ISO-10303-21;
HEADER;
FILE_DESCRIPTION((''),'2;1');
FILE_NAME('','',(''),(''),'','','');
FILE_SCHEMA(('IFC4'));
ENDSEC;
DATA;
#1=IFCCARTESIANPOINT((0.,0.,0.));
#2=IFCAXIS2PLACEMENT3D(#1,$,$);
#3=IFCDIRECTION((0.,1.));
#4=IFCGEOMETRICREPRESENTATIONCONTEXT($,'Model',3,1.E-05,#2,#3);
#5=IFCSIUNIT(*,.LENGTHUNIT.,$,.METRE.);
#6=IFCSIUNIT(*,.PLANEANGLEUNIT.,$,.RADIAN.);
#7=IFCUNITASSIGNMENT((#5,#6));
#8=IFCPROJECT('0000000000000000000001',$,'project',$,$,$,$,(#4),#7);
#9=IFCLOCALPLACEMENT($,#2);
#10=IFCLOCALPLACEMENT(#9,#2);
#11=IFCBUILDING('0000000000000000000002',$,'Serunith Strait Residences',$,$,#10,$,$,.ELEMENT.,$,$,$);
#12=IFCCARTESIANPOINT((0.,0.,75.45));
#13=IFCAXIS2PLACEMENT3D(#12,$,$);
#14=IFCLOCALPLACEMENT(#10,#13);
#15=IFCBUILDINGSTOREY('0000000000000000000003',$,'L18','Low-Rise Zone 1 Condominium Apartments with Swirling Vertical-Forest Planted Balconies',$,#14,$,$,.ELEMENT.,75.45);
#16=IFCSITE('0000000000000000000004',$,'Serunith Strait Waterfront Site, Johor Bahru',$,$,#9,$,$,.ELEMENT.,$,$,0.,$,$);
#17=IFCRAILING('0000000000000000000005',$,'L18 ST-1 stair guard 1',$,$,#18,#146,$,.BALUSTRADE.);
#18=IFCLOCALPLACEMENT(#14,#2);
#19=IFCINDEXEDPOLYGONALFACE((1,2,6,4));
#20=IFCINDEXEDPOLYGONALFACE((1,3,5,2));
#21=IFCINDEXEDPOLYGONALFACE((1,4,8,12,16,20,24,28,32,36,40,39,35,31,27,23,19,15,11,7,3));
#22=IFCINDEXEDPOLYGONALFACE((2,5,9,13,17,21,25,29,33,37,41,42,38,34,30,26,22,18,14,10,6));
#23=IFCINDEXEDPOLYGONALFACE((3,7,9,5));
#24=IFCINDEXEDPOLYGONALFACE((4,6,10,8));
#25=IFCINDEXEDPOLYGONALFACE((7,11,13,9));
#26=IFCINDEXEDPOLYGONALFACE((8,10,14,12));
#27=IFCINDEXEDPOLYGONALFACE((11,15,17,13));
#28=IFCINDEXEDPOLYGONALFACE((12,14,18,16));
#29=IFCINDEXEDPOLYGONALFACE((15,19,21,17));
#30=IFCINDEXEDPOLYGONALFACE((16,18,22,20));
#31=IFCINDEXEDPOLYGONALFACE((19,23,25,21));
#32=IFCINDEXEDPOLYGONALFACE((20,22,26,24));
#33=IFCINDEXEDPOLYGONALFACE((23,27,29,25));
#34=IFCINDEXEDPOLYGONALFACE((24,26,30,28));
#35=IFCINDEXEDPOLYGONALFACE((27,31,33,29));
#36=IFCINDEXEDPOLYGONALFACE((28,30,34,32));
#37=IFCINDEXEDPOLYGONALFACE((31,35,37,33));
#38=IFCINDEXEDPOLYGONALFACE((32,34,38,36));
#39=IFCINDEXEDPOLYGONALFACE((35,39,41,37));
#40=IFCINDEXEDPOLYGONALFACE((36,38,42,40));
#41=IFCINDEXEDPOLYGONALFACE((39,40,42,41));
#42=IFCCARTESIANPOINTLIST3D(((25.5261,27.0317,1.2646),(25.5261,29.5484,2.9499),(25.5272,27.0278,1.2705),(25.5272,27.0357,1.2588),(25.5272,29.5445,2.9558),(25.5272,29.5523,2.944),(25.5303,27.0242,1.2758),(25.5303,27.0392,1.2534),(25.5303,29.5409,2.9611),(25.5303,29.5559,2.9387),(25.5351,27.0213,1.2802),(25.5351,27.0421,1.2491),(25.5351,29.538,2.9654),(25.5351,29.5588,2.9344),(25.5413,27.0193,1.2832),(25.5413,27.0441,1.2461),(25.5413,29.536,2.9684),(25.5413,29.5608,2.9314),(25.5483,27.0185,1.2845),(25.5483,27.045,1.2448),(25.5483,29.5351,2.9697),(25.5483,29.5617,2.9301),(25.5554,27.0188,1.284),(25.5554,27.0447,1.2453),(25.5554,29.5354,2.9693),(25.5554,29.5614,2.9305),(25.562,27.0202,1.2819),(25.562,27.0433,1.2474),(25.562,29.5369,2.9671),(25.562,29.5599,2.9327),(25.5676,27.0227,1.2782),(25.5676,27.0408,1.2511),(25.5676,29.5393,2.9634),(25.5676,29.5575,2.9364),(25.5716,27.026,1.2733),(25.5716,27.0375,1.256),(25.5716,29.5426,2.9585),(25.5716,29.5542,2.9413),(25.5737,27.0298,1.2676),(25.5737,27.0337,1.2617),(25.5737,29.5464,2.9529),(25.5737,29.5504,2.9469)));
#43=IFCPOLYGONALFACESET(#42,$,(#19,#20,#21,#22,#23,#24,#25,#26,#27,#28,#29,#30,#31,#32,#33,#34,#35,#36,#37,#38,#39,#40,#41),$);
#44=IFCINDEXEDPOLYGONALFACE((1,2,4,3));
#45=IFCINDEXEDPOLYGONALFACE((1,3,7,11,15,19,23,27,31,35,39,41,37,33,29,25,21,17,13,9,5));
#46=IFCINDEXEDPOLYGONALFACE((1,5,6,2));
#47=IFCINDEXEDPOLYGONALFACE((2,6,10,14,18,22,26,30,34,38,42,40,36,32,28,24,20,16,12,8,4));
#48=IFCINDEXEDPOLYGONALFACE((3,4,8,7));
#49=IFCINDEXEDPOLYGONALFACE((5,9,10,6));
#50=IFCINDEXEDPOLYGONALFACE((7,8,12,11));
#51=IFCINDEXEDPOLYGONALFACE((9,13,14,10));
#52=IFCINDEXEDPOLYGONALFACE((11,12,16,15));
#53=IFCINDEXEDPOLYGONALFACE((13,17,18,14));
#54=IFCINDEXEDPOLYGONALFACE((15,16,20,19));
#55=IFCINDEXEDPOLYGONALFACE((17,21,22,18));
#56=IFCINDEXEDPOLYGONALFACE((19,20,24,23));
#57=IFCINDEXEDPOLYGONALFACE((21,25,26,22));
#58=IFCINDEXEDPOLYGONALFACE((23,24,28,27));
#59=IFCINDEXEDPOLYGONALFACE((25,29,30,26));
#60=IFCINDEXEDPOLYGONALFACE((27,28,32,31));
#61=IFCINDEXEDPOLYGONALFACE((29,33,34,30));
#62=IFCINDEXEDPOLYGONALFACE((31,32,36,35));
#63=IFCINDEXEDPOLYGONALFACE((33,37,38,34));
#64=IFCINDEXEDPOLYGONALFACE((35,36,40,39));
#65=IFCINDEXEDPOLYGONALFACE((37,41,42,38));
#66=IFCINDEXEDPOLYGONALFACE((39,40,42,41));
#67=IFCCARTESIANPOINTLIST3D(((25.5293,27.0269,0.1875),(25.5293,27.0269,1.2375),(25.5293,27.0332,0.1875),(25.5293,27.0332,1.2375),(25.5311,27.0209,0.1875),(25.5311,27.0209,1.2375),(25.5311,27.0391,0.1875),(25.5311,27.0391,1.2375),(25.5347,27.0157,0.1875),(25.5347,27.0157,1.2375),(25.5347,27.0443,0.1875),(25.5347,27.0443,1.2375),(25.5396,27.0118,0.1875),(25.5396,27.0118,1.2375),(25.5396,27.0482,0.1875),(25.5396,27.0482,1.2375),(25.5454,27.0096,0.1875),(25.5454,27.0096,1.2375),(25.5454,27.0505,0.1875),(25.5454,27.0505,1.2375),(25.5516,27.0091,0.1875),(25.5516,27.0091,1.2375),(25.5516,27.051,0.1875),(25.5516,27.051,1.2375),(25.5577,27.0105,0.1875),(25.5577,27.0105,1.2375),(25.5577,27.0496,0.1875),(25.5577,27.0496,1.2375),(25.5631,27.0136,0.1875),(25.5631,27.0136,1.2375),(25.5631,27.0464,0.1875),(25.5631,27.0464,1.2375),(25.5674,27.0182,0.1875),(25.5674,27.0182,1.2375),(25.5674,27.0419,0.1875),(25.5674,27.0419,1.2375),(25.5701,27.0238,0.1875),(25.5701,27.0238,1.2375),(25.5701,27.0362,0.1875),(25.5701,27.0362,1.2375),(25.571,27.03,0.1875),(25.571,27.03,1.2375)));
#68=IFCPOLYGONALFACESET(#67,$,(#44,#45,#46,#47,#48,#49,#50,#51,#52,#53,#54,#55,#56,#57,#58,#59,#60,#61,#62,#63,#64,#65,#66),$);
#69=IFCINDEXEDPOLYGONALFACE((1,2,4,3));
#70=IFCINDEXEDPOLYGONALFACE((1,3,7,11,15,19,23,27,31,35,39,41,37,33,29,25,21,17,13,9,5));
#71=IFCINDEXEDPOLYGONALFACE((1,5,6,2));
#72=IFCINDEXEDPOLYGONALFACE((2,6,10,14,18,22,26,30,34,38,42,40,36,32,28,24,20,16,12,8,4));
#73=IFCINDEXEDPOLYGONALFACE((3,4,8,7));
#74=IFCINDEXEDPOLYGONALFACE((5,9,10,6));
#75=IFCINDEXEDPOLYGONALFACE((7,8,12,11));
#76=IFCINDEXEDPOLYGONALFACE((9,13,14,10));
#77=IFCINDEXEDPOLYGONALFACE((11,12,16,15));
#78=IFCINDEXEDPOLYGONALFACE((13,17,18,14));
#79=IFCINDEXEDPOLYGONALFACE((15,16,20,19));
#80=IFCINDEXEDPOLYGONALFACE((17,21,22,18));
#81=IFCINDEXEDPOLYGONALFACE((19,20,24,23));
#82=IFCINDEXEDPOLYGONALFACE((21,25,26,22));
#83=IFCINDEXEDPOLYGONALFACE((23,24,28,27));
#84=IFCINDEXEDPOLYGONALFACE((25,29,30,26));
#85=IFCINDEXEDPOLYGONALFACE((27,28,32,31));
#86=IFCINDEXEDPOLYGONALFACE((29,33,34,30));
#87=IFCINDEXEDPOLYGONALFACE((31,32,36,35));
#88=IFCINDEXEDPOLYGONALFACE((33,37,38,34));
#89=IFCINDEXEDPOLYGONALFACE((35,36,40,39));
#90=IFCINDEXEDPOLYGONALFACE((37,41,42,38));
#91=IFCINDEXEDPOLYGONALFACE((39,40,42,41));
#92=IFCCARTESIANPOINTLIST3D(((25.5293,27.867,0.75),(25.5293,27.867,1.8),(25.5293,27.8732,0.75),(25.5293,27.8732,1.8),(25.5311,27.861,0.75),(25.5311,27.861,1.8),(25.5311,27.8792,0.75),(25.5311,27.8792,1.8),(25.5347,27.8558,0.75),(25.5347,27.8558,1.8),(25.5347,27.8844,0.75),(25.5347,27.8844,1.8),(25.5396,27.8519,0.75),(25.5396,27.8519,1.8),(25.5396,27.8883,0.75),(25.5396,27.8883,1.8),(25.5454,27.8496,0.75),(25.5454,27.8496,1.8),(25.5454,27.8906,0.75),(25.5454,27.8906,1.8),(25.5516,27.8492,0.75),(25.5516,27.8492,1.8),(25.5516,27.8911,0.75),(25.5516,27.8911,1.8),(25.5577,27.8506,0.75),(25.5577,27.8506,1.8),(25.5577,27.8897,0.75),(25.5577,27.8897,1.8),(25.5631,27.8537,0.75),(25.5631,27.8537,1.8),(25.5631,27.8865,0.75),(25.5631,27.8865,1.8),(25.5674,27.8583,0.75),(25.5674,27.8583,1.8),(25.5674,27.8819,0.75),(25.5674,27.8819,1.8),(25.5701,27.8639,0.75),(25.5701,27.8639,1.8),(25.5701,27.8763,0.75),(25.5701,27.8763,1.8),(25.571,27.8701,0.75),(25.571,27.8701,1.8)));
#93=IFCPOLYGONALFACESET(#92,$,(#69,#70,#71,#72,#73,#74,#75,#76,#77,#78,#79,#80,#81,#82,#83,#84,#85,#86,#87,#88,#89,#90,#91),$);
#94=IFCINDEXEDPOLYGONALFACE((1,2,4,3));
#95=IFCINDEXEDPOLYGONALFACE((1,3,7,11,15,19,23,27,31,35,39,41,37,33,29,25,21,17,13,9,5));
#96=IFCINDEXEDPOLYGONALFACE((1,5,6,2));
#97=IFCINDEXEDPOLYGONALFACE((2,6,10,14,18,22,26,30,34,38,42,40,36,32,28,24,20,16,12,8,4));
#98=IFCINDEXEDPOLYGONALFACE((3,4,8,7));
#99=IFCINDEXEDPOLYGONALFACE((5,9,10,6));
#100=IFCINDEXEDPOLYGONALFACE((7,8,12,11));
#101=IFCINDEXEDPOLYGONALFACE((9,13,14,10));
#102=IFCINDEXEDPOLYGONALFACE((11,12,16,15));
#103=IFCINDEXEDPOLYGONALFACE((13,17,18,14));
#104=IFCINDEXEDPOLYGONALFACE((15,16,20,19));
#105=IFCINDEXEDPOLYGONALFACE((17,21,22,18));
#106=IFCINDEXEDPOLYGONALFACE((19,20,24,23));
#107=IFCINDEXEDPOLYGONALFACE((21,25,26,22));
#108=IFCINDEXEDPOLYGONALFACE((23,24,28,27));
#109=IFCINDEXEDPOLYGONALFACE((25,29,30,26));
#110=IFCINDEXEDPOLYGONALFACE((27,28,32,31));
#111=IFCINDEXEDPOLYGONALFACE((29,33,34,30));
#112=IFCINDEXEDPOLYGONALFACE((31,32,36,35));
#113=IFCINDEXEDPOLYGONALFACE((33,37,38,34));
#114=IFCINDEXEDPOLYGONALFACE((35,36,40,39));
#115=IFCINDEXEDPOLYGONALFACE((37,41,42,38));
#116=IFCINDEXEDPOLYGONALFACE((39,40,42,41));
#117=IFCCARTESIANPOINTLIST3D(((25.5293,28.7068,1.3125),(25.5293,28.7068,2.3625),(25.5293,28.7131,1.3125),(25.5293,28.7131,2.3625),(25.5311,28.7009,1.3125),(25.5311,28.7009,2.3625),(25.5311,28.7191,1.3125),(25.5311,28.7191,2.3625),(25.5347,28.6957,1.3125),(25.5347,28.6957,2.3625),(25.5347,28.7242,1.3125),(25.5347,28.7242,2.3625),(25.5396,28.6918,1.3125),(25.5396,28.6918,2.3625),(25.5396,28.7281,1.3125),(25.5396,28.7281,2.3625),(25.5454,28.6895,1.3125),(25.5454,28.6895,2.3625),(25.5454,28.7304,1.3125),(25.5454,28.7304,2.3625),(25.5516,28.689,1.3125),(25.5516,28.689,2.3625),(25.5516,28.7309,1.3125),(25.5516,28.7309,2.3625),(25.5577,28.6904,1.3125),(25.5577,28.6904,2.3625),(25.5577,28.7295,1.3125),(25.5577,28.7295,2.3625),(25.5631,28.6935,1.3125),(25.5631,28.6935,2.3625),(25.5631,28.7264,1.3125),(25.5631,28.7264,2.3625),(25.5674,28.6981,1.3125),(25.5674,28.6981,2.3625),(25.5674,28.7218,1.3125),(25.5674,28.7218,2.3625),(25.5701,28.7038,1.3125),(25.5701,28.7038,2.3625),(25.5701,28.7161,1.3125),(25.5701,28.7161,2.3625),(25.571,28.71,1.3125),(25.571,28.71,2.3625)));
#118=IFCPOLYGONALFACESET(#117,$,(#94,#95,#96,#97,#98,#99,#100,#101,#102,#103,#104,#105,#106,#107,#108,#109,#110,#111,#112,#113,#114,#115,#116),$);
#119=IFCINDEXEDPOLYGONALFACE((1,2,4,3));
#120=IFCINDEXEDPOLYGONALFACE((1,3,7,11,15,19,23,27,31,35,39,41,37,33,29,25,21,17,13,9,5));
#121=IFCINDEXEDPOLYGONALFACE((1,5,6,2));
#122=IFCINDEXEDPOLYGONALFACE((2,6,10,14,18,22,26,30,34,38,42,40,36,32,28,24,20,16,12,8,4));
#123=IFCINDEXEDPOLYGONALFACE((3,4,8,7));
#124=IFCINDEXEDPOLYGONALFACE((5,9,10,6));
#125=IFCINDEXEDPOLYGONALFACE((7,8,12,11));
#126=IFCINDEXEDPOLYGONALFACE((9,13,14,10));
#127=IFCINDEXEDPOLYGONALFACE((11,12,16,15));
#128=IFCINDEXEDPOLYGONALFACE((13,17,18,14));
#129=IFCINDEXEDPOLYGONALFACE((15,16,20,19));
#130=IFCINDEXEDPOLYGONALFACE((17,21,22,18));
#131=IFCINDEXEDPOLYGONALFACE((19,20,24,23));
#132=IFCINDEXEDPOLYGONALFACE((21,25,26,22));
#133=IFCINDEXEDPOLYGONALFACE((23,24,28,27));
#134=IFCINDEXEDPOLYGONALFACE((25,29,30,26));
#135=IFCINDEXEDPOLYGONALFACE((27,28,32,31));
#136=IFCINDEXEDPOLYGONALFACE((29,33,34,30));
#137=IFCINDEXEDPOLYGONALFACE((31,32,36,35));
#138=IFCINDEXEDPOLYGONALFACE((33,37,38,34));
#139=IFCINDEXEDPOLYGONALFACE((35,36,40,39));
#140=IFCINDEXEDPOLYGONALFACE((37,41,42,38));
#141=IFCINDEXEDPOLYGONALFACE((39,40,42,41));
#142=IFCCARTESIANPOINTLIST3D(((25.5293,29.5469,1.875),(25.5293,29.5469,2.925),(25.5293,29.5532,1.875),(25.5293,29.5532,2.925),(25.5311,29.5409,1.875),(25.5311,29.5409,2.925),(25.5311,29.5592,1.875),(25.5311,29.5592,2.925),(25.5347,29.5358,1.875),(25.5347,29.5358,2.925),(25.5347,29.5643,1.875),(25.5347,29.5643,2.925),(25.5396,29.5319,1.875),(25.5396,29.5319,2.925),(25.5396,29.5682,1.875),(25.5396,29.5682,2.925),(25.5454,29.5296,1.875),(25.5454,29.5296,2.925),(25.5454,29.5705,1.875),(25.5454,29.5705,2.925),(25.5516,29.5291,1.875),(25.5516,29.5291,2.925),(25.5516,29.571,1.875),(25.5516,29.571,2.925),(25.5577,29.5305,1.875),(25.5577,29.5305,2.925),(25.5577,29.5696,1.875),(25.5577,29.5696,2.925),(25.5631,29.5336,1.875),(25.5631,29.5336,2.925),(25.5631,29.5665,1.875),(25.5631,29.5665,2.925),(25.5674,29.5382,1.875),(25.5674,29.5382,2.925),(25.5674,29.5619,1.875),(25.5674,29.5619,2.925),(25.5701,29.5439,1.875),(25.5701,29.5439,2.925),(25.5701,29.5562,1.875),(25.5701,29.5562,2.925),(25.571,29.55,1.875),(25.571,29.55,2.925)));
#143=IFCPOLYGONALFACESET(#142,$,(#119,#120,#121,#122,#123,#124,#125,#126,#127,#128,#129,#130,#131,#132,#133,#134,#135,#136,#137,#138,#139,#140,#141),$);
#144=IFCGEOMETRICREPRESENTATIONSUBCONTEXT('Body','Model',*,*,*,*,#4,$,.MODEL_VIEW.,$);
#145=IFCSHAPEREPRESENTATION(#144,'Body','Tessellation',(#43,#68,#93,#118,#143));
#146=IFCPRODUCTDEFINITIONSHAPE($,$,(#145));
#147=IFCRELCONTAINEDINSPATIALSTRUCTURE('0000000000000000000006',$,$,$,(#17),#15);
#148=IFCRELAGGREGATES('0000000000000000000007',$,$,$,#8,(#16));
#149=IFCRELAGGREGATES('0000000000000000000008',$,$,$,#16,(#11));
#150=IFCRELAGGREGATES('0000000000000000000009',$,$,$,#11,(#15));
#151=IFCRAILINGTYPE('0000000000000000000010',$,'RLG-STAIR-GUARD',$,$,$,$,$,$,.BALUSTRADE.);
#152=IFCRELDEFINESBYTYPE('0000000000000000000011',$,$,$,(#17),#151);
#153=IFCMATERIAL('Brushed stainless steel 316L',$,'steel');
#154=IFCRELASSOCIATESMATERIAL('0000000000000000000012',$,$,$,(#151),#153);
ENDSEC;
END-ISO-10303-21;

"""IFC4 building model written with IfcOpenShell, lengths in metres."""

from ifc_helpers import new_model, si_unit, direction, frame, origin, origin_2d, place, context, subcontext, project, spatial, circle, extrude, material, type_object, element, save


model = new_model("IFC4")

# Units and contexts
model_context = context("Model", 3, precision=1e-05, world=origin(), true_north=direction((0.0, 1.0)))
body_context = subcontext(model_context, "Body", "Model", "MODEL_VIEW")
ifc_project = project(units=[si_unit("LENGTHUNIT", "METRE"), si_unit("PLANEANGLEUNIT", "RADIAN")], contexts=[model_context])

# Site, building, storey
site_placement = place(None, origin())
site = spatial("IfcSite", under=ifc_project, at=site_placement, Name="Serunith Strait Waterfront Site, Johor Bahru", CompositionType="ELEMENT", RefElevation=0.0)
building_placement = place(site_placement, origin())
building = spatial("IfcBuilding", under=site, at=building_placement, Name="Serunith Strait Residences", CompositionType="ELEMENT")
storey_placement = place(building_placement, frame((0.0, 0.0, 75.45)))
storey = spatial("IfcBuildingStorey", under=building, at=storey_placement, Name="L18", Description="Low-Rise Zone 1 Condominium Apartments with Swirling Vertical-Forest Planted Balconies", CompositionType="ELEMENT", Elevation=75.45)

# Railing
ifc_material_1 = material(Name="Brushed stainless steel 316L", Category="steel")
railing_type_1 = type_object("IfcRailingType", Name="RLG-STAIR-GUARD", PredefinedType="BALUSTRADE", material=ifc_material_1)
railing_1_placement = place(storey_placement, frame((25.55, 27.03, 0.1875)))
element("IfcRailing", 1, at=railing_1_placement, inside=storey, type_object=railing_type_1, Name="L18 ST-1 stair guard 1", PredefinedType="BALUSTRADE", context=body_context, shape_type="SweptSolid", body=[
    extrude(circle(Radius=0.0239, at=origin_2d()), frame((0.0, 0.0017, 1.0771), z_axis=(0.0, 0.830909, 0.556408), x_axis=(-1.0, 0.0, 0.0)), (0.0, 0.0, 1.0), 3.0288),
    extrude(circle(Radius=0.021, at=origin_2d()), origin(), (0.0, 0.0, 1.0), 1.05),
    extrude(circle(Radius=0.021, at=origin_2d()), frame((0.0, 0.8401, 0.5625)), (0.0, 0.0, 1.0), 1.05),
    extrude(circle(Radius=0.021, at=origin_2d()), frame((0.0, 1.6799, 1.125)), (0.0, 0.0, 1.0), 1.05),
    extrude(circle(Radius=0.021, at=origin_2d()), frame((0.0, 2.52, 1.6875)), (0.0, 0.0, 1.0), 1.05),
])

save(model, "model.ifc")
